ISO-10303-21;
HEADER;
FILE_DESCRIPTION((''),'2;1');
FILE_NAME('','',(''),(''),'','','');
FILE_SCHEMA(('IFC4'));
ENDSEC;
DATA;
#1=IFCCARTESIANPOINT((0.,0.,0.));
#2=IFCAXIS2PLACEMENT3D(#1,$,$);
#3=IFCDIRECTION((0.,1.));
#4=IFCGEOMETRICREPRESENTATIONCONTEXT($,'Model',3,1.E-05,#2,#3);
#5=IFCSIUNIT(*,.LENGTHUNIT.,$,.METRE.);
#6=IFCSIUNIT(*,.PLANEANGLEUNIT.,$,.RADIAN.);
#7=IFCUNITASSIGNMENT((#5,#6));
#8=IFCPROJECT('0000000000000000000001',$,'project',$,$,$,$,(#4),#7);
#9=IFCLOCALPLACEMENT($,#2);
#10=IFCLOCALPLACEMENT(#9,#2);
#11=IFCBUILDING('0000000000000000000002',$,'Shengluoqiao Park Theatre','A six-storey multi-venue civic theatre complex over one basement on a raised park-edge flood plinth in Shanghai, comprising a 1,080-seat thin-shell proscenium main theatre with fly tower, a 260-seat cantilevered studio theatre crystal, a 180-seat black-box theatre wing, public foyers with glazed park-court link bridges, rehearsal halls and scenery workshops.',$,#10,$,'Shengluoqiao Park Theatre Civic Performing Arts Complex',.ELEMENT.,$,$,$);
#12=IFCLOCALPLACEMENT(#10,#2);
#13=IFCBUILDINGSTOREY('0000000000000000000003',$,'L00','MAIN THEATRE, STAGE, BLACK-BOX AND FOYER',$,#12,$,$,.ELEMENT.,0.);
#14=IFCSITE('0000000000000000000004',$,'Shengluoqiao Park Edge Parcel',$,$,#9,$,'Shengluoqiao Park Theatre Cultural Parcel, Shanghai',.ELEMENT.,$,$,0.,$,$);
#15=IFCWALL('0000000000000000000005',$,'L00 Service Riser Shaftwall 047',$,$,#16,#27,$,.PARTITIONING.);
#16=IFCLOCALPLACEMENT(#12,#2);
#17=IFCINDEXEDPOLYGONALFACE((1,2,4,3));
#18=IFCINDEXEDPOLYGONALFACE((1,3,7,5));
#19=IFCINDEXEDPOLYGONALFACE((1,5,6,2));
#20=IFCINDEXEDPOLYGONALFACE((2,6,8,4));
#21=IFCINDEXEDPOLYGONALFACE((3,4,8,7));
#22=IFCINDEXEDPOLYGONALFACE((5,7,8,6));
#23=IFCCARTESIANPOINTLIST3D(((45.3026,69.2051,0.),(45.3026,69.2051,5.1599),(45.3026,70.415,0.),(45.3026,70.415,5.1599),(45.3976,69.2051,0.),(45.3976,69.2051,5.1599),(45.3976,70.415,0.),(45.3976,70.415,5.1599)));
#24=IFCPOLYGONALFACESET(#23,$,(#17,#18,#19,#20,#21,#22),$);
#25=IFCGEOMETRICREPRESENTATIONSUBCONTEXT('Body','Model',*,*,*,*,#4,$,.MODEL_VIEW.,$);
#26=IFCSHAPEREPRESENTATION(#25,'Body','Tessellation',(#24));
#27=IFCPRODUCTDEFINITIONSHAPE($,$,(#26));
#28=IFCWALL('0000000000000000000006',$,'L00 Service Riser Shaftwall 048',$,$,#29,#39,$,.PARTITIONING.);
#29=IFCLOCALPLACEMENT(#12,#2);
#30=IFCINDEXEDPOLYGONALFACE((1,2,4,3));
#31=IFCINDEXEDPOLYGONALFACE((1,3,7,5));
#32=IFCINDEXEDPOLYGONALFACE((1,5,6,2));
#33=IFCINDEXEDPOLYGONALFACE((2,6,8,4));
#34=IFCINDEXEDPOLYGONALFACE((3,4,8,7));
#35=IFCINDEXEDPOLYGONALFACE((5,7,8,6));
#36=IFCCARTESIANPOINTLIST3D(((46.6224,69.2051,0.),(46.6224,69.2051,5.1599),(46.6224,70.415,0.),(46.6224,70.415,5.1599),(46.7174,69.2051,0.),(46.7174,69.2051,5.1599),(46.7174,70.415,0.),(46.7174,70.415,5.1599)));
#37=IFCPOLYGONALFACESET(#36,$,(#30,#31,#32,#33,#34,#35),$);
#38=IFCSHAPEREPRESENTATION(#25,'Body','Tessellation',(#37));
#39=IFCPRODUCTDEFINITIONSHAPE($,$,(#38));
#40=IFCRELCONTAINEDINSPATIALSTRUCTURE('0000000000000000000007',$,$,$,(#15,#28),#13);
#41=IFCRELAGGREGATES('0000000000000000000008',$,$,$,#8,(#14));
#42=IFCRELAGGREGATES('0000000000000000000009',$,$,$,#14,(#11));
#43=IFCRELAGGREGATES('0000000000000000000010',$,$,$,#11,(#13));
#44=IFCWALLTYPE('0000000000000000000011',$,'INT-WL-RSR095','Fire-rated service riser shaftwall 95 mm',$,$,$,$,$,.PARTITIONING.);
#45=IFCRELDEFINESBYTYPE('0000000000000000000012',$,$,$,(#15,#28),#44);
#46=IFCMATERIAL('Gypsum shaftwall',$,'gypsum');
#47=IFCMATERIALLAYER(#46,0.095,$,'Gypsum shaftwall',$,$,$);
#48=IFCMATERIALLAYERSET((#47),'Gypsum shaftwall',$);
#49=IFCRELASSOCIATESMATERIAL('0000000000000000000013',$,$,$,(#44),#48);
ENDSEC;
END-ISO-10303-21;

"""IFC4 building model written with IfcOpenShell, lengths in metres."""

from ifc_helpers import new_model, si_unit, direction, frame, frame_2d, origin, place, context, subcontext, project, spatial, rectangle, extrude, material, layer, layer_set, type_object, element, save


model = new_model("IFC4")

# Units and contexts
model_context = context("Model", 3, precision=1e-05, world=origin(), true_north=direction((0.0, 1.0)))
body_context = subcontext(model_context, "Body", "Model", "MODEL_VIEW")
ifc_project = project(units=[si_unit("LENGTHUNIT", "METRE"), si_unit("PLANEANGLEUNIT", "RADIAN")], contexts=[model_context])

# Site, building, storey
site_placement = place(None, origin())
site = spatial("IfcSite", under=ifc_project, at=site_placement, Name="Shengluoqiao Park Edge Parcel", LongName="Shengluoqiao Park Theatre Cultural Parcel, Shanghai", CompositionType="ELEMENT", RefElevation=0.0)
building_placement = place(site_placement, origin())
building = spatial("IfcBuilding", under=site, at=building_placement, Name="Shengluoqiao Park Theatre", Description="A six-storey multi-venue civic theatre complex over one basement on a raised park-edge flood plinth in Shanghai, comprising a 1,080-seat thin-shell proscenium main theatre with fly tower, a 260-seat cantilevered studio theatre crystal, a 180-seat black-box theatre wing, public foyers with glazed park-court link bridges, rehearsal halls and scenery workshops.", LongName="Shengluoqiao Park Theatre Civic Performing Arts Complex", CompositionType="ELEMENT")
storey_placement = place(building_placement, origin())
storey = spatial("IfcBuildingStorey", under=building, at=storey_placement, Name="L00", Description="MAIN THEATRE, STAGE, BLACK-BOX AND FOYER", CompositionType="ELEMENT", Elevation=0.0)

# Walls
ifc_material_1 = material(Name="Gypsum shaftwall", Category="gypsum")
ifc_layer_1 = layer(ifc_material_1, 0.095, Name="Gypsum shaftwall")
ifc_layer_set_1 = layer_set([ifc_layer_1], Name="Gypsum shaftwall")
wall_type_1 = type_object("IfcWallType", Name="INT-WL-RSR095", Description="Fire-rated service riser shaftwall 95 mm", PredefinedType="PARTITIONING", material=ifc_layer_set_1)
for number, where, z_axis, x_axis, name in (
    (1, (45.3501, 69.2051, 0.0), (0.0, 0.0, 1.0), (0.0, 1.0, 0.0), "L00 Service Riser Shaftwall 047"),
    (2, (46.6699, 69.2051, 0.0), (0.0, 0.0, 1.0), (0.0, 1.0, 0.0), "L00 Service Riser Shaftwall 048"),
):
    element("IfcWall", number, at=place(storey_placement, frame(where, z_axis=z_axis, x_axis=x_axis)), inside=storey, type_object=wall_type_1, Name=name, PredefinedType="PARTITIONING", context=body_context, shape_type="SweptSolid", body=[
        extrude(rectangle(XDim=1.21, YDim=0.095, at=frame_2d((0.605, 0.0))), origin(), (0.0, 0.0, 1.0), 5.1599),
    ])

save(model, "model.ifc")
